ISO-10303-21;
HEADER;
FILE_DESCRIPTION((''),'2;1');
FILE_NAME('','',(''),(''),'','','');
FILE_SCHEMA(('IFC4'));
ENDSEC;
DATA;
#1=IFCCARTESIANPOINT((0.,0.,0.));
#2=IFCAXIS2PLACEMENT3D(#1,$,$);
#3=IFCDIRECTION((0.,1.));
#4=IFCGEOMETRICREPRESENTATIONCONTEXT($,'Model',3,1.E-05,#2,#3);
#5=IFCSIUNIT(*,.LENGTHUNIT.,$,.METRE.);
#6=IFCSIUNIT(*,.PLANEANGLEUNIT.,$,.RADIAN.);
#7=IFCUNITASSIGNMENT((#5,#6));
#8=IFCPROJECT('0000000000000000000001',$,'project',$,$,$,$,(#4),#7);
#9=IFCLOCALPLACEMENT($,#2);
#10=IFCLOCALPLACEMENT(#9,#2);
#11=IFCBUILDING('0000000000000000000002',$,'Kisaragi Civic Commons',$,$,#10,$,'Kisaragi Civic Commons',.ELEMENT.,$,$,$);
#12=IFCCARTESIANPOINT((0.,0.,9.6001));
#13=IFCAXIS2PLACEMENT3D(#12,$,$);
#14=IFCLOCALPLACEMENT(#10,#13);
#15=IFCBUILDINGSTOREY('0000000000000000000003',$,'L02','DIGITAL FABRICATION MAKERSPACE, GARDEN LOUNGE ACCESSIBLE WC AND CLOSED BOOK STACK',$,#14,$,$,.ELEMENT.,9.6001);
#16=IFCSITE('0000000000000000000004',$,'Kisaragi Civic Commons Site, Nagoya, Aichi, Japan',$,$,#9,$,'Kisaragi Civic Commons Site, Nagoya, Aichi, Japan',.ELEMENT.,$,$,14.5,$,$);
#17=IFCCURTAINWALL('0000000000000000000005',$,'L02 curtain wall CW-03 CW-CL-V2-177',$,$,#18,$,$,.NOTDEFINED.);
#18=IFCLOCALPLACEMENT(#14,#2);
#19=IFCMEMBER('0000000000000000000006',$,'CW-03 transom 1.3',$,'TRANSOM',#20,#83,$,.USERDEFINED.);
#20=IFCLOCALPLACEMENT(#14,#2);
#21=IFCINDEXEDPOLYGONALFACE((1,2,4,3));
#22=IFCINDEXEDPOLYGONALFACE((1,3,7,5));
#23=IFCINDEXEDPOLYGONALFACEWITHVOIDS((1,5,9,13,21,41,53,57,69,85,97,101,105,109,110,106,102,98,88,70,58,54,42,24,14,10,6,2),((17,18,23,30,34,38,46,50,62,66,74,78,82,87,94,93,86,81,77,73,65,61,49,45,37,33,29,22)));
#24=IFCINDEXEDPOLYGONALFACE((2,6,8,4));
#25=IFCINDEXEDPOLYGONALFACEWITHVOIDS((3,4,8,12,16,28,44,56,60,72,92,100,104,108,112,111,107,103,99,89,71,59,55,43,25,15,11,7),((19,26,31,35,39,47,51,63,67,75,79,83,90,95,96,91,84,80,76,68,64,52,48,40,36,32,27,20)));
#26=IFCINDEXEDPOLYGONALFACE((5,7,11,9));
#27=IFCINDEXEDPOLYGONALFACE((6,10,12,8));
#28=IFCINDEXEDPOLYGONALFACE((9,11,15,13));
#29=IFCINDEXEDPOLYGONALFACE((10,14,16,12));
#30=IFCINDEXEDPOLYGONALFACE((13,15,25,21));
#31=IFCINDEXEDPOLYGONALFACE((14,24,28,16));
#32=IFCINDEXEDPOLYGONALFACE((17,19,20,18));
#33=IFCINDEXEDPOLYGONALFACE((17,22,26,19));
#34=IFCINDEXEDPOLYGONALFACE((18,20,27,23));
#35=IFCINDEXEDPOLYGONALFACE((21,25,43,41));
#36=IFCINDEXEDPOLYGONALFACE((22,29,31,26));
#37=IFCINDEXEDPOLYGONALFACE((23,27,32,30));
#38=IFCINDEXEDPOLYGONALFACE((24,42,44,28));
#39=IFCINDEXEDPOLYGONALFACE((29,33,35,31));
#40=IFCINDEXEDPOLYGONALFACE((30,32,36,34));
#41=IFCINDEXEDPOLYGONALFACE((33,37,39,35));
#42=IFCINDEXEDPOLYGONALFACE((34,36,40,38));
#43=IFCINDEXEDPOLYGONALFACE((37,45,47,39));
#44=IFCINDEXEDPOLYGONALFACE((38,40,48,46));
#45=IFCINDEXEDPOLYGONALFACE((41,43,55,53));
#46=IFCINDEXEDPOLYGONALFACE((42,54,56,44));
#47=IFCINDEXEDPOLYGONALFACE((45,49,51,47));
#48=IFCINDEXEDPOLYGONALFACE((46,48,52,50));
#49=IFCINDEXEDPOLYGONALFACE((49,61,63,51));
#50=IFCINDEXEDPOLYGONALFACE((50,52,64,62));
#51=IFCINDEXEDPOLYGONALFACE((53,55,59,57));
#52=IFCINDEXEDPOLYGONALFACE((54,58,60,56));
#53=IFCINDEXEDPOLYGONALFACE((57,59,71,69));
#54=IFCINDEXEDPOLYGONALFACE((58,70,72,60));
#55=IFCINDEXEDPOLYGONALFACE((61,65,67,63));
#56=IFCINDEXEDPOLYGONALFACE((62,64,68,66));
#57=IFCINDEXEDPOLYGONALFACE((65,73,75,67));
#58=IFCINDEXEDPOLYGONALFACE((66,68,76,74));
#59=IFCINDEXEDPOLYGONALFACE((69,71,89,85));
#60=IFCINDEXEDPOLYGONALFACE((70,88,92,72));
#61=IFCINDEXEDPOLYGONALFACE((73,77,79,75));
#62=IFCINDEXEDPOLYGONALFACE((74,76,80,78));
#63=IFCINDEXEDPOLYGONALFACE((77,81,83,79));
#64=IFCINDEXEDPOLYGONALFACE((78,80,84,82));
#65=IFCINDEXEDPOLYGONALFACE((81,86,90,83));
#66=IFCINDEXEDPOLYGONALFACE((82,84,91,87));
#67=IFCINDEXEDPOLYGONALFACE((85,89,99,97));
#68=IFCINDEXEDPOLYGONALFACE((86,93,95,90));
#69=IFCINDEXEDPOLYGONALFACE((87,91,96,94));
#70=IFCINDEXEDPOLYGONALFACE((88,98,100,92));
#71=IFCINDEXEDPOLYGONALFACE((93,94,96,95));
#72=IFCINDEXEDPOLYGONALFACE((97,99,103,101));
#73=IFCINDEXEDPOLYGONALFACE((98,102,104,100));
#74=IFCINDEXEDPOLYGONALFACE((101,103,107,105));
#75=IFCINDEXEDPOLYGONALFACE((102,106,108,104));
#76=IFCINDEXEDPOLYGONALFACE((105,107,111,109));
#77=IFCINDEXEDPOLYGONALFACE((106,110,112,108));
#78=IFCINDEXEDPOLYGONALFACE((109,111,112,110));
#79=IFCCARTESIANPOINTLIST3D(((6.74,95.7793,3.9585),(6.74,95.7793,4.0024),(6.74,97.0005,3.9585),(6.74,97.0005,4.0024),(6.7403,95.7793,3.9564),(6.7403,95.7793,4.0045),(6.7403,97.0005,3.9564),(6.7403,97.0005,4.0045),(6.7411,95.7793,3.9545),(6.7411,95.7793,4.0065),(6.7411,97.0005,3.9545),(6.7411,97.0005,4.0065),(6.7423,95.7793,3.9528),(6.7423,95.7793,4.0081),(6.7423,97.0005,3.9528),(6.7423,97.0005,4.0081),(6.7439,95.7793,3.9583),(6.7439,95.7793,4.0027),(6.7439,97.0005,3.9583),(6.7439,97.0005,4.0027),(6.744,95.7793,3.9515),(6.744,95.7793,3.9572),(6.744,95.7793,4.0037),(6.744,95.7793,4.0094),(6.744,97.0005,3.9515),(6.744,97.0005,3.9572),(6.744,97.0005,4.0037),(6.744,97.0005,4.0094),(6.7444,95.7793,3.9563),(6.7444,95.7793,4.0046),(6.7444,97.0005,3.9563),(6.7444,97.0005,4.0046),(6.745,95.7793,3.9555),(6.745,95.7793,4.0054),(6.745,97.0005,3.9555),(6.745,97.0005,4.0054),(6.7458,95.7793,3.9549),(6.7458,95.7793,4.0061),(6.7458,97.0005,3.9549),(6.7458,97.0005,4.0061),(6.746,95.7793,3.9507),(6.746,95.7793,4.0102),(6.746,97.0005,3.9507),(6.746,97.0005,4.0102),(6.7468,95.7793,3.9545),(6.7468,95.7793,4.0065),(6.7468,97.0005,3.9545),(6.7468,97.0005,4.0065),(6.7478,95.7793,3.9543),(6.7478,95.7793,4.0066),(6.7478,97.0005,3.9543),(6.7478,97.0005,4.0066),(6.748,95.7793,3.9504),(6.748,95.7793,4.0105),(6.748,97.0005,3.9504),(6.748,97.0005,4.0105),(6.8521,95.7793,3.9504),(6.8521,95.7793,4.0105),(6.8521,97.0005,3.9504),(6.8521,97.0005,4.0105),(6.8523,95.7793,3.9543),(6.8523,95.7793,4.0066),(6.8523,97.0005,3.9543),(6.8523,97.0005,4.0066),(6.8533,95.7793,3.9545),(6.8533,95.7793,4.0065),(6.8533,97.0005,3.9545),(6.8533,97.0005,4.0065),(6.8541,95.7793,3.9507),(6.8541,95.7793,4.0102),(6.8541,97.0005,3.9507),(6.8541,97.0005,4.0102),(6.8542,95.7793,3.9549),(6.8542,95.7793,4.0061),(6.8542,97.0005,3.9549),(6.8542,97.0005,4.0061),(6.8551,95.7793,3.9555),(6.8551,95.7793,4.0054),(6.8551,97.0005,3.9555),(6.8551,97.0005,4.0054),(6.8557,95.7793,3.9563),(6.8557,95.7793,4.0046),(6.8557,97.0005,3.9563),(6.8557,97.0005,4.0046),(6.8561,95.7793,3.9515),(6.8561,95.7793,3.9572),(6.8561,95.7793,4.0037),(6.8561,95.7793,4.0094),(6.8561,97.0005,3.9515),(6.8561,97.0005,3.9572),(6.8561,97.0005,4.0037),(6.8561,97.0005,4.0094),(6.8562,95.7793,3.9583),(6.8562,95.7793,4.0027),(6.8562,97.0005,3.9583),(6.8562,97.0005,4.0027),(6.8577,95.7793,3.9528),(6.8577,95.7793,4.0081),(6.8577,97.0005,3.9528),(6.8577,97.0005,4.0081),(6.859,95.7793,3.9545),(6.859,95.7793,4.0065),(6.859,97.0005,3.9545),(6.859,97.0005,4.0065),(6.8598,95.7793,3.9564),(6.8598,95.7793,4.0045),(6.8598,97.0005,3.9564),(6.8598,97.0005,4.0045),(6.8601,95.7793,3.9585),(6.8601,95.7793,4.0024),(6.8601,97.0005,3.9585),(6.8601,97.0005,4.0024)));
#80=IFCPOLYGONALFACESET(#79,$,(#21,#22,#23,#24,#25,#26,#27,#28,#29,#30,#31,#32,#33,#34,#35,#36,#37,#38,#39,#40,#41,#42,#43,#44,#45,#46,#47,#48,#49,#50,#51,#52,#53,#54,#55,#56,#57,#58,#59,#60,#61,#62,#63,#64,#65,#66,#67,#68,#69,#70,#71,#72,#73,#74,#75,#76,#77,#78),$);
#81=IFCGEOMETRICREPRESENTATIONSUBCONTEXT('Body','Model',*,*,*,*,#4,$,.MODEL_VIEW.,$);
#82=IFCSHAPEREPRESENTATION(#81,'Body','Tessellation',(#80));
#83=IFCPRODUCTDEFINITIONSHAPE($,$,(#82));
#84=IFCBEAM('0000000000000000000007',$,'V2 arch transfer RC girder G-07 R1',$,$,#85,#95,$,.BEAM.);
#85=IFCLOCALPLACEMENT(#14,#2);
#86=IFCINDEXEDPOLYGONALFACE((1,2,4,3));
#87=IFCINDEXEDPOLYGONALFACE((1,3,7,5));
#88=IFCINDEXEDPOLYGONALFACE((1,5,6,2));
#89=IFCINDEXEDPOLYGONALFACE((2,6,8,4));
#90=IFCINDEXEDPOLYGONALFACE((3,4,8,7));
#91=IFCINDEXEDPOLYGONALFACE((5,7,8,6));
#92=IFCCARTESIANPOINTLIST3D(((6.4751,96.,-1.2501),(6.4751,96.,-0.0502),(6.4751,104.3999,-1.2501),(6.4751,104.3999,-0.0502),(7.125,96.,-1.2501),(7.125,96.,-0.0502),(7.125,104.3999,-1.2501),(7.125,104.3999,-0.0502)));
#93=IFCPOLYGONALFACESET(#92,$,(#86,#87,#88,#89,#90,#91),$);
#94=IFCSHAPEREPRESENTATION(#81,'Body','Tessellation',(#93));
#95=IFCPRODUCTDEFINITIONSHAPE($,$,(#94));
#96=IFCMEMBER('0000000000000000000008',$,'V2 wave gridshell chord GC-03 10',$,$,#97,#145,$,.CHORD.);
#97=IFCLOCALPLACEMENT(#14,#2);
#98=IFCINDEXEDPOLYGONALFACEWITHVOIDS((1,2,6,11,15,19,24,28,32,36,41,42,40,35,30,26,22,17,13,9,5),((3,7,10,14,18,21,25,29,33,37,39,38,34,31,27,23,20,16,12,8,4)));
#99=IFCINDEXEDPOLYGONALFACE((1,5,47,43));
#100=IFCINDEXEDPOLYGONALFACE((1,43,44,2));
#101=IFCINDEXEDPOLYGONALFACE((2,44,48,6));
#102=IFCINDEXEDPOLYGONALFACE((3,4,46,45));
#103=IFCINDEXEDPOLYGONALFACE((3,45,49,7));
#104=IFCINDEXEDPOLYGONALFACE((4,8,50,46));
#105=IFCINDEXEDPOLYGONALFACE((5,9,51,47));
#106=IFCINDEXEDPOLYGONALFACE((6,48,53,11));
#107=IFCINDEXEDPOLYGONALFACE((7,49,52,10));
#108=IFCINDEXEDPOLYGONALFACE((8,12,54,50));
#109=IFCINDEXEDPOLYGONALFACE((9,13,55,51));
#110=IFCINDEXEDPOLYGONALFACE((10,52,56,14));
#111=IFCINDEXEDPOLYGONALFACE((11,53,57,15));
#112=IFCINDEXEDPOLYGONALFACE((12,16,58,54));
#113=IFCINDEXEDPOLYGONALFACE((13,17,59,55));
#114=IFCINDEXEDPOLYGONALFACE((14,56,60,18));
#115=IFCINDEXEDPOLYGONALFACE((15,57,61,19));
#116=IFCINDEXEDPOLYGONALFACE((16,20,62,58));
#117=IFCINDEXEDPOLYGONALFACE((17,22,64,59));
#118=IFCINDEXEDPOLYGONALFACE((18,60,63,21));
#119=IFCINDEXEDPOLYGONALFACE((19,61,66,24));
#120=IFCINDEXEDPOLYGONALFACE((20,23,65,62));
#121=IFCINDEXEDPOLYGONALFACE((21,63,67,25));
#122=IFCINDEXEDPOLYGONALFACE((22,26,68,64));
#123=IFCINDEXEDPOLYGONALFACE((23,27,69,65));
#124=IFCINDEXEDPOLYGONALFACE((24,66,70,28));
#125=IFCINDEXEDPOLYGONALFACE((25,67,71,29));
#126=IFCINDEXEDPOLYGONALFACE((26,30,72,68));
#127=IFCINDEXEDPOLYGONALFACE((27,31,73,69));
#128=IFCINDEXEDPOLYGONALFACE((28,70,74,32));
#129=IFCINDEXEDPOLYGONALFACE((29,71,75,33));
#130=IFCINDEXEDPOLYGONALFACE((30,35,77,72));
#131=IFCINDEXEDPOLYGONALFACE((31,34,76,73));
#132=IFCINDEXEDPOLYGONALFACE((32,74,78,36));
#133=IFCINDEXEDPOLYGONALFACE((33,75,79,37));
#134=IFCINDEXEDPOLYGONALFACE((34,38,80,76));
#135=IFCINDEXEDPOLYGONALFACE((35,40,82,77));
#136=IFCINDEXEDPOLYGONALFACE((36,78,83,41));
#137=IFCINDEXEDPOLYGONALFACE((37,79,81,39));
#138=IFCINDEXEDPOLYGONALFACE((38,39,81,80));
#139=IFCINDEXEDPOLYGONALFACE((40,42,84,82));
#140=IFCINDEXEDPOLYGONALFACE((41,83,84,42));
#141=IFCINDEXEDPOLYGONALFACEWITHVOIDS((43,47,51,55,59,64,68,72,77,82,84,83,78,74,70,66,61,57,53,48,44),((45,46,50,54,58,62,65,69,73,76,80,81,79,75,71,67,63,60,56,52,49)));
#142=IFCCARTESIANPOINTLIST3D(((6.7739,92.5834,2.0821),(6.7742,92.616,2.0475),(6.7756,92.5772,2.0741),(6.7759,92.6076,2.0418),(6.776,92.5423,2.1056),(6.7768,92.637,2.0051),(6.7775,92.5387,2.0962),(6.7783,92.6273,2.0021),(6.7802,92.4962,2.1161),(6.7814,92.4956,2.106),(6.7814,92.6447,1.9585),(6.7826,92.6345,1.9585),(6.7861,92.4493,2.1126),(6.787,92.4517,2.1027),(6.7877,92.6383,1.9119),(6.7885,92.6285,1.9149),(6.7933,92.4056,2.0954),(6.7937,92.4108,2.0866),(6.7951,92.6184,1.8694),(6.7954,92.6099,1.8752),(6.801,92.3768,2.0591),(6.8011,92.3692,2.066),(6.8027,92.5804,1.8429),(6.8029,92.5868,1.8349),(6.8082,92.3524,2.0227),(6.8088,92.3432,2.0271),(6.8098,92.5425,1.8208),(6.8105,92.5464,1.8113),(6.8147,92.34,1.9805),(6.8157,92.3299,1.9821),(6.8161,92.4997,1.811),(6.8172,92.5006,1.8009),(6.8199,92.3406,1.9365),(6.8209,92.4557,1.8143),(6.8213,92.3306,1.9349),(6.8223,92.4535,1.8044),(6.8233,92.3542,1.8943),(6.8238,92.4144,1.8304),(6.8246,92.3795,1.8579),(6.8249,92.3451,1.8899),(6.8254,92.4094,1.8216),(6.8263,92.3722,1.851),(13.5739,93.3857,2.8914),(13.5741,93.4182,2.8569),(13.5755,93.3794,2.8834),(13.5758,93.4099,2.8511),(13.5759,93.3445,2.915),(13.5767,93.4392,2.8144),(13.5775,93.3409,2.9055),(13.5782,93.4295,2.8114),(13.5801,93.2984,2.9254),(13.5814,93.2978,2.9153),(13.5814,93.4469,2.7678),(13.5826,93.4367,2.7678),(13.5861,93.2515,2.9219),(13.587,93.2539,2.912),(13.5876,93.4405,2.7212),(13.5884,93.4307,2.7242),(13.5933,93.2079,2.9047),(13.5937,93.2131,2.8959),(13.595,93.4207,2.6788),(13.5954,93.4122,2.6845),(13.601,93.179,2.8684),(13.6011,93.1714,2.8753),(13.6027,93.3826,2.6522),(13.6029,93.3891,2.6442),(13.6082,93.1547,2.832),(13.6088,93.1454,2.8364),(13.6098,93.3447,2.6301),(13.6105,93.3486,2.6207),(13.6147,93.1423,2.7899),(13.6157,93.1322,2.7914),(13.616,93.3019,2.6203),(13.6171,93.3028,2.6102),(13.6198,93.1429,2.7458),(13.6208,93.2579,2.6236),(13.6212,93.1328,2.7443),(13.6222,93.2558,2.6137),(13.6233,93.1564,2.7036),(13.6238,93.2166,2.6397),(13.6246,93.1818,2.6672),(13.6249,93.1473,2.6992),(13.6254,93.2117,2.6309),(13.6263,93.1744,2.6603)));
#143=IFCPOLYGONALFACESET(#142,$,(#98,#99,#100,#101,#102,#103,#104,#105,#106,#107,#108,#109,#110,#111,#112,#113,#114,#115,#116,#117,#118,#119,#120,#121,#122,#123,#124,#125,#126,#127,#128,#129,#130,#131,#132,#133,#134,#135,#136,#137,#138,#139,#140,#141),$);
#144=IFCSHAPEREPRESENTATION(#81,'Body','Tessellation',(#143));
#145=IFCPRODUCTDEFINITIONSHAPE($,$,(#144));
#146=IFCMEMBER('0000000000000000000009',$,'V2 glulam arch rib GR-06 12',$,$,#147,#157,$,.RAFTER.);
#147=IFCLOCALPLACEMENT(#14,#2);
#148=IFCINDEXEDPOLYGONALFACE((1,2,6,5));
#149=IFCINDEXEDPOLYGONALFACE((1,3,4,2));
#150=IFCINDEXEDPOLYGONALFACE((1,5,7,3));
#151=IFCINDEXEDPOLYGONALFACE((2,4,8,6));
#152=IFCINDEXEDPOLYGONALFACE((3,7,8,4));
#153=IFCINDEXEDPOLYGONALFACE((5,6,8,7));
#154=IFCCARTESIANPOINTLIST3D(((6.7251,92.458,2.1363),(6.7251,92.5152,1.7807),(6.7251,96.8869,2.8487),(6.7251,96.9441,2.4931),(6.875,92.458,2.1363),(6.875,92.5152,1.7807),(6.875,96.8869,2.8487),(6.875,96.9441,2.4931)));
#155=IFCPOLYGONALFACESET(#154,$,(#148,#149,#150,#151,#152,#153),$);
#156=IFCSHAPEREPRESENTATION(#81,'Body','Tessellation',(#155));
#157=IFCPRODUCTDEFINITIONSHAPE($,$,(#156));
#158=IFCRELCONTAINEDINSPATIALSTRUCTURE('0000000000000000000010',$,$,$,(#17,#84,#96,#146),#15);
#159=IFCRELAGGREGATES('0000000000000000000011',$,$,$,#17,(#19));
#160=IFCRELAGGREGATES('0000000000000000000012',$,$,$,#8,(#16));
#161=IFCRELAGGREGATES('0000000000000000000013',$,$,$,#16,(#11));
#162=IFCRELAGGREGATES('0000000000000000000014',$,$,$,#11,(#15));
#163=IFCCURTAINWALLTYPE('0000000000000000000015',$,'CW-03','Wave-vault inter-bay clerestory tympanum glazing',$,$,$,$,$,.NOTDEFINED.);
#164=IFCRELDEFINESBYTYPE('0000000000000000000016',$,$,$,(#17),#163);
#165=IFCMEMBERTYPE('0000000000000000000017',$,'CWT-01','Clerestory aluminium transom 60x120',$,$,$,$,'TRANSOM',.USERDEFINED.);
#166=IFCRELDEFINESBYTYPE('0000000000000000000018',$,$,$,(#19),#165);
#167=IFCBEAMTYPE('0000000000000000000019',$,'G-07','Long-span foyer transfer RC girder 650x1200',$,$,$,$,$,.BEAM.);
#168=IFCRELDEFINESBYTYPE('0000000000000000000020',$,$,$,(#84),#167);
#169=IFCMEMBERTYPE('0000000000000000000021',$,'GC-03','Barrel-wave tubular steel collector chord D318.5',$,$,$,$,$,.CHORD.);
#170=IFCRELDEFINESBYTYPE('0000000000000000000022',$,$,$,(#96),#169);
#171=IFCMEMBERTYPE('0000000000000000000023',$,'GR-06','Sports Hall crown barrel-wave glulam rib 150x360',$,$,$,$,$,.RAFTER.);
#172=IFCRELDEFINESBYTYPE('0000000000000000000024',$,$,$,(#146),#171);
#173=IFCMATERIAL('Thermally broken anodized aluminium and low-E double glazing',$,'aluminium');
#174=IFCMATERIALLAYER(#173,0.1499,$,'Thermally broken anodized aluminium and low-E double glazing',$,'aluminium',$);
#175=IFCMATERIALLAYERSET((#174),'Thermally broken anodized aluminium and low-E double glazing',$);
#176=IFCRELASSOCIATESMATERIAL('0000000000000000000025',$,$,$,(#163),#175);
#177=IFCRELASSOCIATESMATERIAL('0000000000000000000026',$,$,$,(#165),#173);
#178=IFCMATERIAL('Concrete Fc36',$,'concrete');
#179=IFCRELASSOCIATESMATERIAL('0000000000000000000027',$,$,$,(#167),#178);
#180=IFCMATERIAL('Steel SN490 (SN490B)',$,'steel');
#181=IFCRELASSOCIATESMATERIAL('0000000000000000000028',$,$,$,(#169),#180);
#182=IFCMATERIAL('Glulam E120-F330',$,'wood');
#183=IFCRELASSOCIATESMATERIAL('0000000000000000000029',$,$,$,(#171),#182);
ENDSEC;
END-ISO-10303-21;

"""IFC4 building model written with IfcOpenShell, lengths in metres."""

from ifc_helpers import new_model, si_unit, direction, frame, origin, origin_2d, place, context, subcontext, project, spatial, rectangle, hollow_rectangle, hollow_circle, extrude, material, layer, layer_set, material_profile, profile_set, type_object, element, aggregate, save


model = new_model("IFC4")

# Units and contexts
model_context = context("Model", 3, precision=1e-05, world=origin(), true_north=direction((0.0, 1.0)))
body_context = subcontext(model_context, "Body", "Model", "MODEL_VIEW")
ifc_project = project(units=[si_unit("LENGTHUNIT", "METRE"), si_unit("PLANEANGLEUNIT", "RADIAN")], contexts=[model_context])

# Site, building, storey
site_placement = place(None, origin())
site = spatial("IfcSite", under=ifc_project, at=site_placement, Name="Kisaragi Civic Commons Site, Nagoya, Aichi, Japan", LongName="Kisaragi Civic Commons Site, Nagoya, Aichi, Japan", CompositionType="ELEMENT", RefElevation=14.5)
building_placement = place(site_placement, origin())
building = spatial("IfcBuilding", under=site, at=building_placement, Name="Kisaragi Civic Commons", LongName="Kisaragi Civic Commons", CompositionType="ELEMENT")
storey_placement = place(building_placement, frame((0.0, 0.0, 9.6001)))
storey = spatial("IfcBuildingStorey", under=building, at=storey_placement, Name="L02", Description="DIGITAL FABRICATION MAKERSPACE, GARDEN LOUNGE ACCESSIBLE WC AND CLOSED BOOK STACK", CompositionType="ELEMENT", Elevation=9.6001)

# Shared definitions
ifc_material_1 = material(Name="Thermally broken anodized aluminium and low-E double glazing", Category="aluminium")
ifc_layer_1 = layer(ifc_material_1, 0.1499, Name="Thermally broken anodized aluminium and low-E double glazing", Category="aluminium")
ifc_layer_set_1 = layer_set([ifc_layer_1], Name="Thermally broken anodized aluminium and low-E double glazing")
curtain_wall_type = type_object("IfcCurtainWallType", Name="CW-03", Description="Wave-vault inter-bay clerestory tympanum glazing", PredefinedType="NOTDEFINED", material=ifc_layer_set_1)

# Curtain wall
curtain_wall_1_placement = place(storey_placement, origin())
curtain_wall_1 = element("IfcCurtainWall", 1, at=curtain_wall_1_placement, inside=storey, type_object=curtain_wall_type, Name="L02 curtain wall CW-03 CW-CL-V2-177", PredefinedType="NOTDEFINED")

# Member
ifc_material_profile_1 = material_profile(ifc_material_1, hollow_rectangle(XDim=0.1201, YDim=0.0601, WallThickness=0.0039, InnerFilletRadius=0.0039, OuterFilletRadius=0.0081, at=origin_2d()), Name="CWT-60x120x4", Category="aluminium")
ifc_profile_set_1 = profile_set([ifc_material_profile_1], Name="Thermally broken anodized aluminium and low-E double glazing")
member_type_1 = type_object("IfcMemberType", Name="CWT-01", Description="Clerestory aluminium transom 60x120", ElementType="TRANSOM", PredefinedType="USERDEFINED", material=ifc_profile_set_1)
member_1_placement = place(storey_placement, frame((6.8, 95.7793, 3.9805), z_axis=(0.0, 1.0, 0.0), x_axis=(-1.0, 0.0, 0.0)))
member_1 = element("IfcMember", 2, at=member_1_placement, type_object=member_type_1, Name="CW-03 transom 1.3", ObjectType="TRANSOM", PredefinedType="USERDEFINED", context=body_context, shape_type="SweptSolid", body=[
    extrude(hollow_rectangle(XDim=0.1201, YDim=0.0601, WallThickness=0.0039, InnerFilletRadius=0.0039, OuterFilletRadius=0.0081, at=origin_2d()), origin(), (0.0, 0.0, 1.0), 1.2212),
])
aggregate(curtain_wall_1, [member_1])

# Beam
ifc_material_2 = material(Name="Concrete Fc36", Category="concrete")
ifc_material_profile_2 = material_profile(ifc_material_2, rectangle(XDim=0.6499, YDim=1.2, at=origin_2d()), Name="RC-650x1200", Category="concrete")
ifc_profile_set_2 = profile_set([ifc_material_profile_2], Name="Concrete Fc36")
beam_type = type_object("IfcBeamType", Name="G-07", Description="Long-span foyer transfer RC girder 650x1200", PredefinedType="BEAM", material=ifc_profile_set_2)
beam_placement = place(storey_placement, frame((6.8, 96.0, -0.6501), z_axis=(0.0, 1.0, 0.0), x_axis=(-1.0, 0.0, 0.0)))
element("IfcBeam", 3, at=beam_placement, inside=storey, type_object=beam_type, Name="V2 arch transfer RC girder G-07 R1", PredefinedType="BEAM", context=body_context, shape_type="SweptSolid", body=[
    extrude(rectangle(XDim=0.6499, YDim=1.2, at=origin_2d()), origin(), (0.0, 0.0, 1.0), 8.3999),
])

# Members
ifc_material_3 = material(Name="Steel SN490 (SN490B)", Category="steel")
ifc_material_profile_3 = material_profile(ifc_material_3, hollow_circle(Radius=0.1592, WallThickness=0.0103, at=origin_2d()), Name="CHS-318.5x10.3", Category="steel")
ifc_profile_set_3 = profile_set([ifc_material_profile_3], Name="Steel SN490 (SN490B)")
member_type_2 = type_object("IfcMemberType", Name="GC-03", Description="Barrel-wave tubular steel collector chord D318.5", PredefinedType="CHORD", material=ifc_profile_set_3)
member_2_placement = place(storey_placement, frame((6.8, 92.4866, 1.9585), z_axis=(0.986247, 0.116354, 0.117381), x_axis=(-0.117164, 0.993113, 0.0)))
element("IfcMember", 4, at=member_2_placement, inside=storey, type_object=member_type_2, Name="V2 wave gridshell chord GC-03 10", PredefinedType="CHORD", context=body_context, shape_type="SweptSolid", body=[
    extrude(hollow_circle(Radius=0.1592, WallThickness=0.0103, at=origin_2d()), origin(), (0.0, 0.0, 1.0), 6.8948),
])
ifc_material_4 = material(Name="Glulam E120-F330", Category="wood")
ifc_material_profile_4 = material_profile(ifc_material_4, rectangle(XDim=0.1499, YDim=0.3601, at=origin_2d()), Name="GL-150x360", Category="wood")
ifc_profile_set_4 = profile_set([ifc_material_profile_4], Name="Glulam E120-F330")
member_type_3 = type_object("IfcMemberType", Name="GR-06", Description="Sports Hall crown barrel-wave glulam rib 150x360", PredefinedType="RAFTER", material=ifc_profile_set_4)
member_3_placement = place(storey_placement, frame((6.8, 92.4866, 1.9585), z_axis=(0.0, 0.987309, 0.15881), x_axis=(-1.0, 0.0, 0.0)))
element("IfcMember", 5, at=member_3_placement, inside=storey, type_object=member_type_3, Name="V2 glulam arch rib GR-06 12", PredefinedType="RAFTER", context=body_context, shape_type="SweptSolid", body=[
    extrude(rectangle(XDim=0.1499, YDim=0.3601, at=origin_2d()), origin(), (0.0, 0.0, 1.0), 4.4858),
])

save(model, "model.ifc")
